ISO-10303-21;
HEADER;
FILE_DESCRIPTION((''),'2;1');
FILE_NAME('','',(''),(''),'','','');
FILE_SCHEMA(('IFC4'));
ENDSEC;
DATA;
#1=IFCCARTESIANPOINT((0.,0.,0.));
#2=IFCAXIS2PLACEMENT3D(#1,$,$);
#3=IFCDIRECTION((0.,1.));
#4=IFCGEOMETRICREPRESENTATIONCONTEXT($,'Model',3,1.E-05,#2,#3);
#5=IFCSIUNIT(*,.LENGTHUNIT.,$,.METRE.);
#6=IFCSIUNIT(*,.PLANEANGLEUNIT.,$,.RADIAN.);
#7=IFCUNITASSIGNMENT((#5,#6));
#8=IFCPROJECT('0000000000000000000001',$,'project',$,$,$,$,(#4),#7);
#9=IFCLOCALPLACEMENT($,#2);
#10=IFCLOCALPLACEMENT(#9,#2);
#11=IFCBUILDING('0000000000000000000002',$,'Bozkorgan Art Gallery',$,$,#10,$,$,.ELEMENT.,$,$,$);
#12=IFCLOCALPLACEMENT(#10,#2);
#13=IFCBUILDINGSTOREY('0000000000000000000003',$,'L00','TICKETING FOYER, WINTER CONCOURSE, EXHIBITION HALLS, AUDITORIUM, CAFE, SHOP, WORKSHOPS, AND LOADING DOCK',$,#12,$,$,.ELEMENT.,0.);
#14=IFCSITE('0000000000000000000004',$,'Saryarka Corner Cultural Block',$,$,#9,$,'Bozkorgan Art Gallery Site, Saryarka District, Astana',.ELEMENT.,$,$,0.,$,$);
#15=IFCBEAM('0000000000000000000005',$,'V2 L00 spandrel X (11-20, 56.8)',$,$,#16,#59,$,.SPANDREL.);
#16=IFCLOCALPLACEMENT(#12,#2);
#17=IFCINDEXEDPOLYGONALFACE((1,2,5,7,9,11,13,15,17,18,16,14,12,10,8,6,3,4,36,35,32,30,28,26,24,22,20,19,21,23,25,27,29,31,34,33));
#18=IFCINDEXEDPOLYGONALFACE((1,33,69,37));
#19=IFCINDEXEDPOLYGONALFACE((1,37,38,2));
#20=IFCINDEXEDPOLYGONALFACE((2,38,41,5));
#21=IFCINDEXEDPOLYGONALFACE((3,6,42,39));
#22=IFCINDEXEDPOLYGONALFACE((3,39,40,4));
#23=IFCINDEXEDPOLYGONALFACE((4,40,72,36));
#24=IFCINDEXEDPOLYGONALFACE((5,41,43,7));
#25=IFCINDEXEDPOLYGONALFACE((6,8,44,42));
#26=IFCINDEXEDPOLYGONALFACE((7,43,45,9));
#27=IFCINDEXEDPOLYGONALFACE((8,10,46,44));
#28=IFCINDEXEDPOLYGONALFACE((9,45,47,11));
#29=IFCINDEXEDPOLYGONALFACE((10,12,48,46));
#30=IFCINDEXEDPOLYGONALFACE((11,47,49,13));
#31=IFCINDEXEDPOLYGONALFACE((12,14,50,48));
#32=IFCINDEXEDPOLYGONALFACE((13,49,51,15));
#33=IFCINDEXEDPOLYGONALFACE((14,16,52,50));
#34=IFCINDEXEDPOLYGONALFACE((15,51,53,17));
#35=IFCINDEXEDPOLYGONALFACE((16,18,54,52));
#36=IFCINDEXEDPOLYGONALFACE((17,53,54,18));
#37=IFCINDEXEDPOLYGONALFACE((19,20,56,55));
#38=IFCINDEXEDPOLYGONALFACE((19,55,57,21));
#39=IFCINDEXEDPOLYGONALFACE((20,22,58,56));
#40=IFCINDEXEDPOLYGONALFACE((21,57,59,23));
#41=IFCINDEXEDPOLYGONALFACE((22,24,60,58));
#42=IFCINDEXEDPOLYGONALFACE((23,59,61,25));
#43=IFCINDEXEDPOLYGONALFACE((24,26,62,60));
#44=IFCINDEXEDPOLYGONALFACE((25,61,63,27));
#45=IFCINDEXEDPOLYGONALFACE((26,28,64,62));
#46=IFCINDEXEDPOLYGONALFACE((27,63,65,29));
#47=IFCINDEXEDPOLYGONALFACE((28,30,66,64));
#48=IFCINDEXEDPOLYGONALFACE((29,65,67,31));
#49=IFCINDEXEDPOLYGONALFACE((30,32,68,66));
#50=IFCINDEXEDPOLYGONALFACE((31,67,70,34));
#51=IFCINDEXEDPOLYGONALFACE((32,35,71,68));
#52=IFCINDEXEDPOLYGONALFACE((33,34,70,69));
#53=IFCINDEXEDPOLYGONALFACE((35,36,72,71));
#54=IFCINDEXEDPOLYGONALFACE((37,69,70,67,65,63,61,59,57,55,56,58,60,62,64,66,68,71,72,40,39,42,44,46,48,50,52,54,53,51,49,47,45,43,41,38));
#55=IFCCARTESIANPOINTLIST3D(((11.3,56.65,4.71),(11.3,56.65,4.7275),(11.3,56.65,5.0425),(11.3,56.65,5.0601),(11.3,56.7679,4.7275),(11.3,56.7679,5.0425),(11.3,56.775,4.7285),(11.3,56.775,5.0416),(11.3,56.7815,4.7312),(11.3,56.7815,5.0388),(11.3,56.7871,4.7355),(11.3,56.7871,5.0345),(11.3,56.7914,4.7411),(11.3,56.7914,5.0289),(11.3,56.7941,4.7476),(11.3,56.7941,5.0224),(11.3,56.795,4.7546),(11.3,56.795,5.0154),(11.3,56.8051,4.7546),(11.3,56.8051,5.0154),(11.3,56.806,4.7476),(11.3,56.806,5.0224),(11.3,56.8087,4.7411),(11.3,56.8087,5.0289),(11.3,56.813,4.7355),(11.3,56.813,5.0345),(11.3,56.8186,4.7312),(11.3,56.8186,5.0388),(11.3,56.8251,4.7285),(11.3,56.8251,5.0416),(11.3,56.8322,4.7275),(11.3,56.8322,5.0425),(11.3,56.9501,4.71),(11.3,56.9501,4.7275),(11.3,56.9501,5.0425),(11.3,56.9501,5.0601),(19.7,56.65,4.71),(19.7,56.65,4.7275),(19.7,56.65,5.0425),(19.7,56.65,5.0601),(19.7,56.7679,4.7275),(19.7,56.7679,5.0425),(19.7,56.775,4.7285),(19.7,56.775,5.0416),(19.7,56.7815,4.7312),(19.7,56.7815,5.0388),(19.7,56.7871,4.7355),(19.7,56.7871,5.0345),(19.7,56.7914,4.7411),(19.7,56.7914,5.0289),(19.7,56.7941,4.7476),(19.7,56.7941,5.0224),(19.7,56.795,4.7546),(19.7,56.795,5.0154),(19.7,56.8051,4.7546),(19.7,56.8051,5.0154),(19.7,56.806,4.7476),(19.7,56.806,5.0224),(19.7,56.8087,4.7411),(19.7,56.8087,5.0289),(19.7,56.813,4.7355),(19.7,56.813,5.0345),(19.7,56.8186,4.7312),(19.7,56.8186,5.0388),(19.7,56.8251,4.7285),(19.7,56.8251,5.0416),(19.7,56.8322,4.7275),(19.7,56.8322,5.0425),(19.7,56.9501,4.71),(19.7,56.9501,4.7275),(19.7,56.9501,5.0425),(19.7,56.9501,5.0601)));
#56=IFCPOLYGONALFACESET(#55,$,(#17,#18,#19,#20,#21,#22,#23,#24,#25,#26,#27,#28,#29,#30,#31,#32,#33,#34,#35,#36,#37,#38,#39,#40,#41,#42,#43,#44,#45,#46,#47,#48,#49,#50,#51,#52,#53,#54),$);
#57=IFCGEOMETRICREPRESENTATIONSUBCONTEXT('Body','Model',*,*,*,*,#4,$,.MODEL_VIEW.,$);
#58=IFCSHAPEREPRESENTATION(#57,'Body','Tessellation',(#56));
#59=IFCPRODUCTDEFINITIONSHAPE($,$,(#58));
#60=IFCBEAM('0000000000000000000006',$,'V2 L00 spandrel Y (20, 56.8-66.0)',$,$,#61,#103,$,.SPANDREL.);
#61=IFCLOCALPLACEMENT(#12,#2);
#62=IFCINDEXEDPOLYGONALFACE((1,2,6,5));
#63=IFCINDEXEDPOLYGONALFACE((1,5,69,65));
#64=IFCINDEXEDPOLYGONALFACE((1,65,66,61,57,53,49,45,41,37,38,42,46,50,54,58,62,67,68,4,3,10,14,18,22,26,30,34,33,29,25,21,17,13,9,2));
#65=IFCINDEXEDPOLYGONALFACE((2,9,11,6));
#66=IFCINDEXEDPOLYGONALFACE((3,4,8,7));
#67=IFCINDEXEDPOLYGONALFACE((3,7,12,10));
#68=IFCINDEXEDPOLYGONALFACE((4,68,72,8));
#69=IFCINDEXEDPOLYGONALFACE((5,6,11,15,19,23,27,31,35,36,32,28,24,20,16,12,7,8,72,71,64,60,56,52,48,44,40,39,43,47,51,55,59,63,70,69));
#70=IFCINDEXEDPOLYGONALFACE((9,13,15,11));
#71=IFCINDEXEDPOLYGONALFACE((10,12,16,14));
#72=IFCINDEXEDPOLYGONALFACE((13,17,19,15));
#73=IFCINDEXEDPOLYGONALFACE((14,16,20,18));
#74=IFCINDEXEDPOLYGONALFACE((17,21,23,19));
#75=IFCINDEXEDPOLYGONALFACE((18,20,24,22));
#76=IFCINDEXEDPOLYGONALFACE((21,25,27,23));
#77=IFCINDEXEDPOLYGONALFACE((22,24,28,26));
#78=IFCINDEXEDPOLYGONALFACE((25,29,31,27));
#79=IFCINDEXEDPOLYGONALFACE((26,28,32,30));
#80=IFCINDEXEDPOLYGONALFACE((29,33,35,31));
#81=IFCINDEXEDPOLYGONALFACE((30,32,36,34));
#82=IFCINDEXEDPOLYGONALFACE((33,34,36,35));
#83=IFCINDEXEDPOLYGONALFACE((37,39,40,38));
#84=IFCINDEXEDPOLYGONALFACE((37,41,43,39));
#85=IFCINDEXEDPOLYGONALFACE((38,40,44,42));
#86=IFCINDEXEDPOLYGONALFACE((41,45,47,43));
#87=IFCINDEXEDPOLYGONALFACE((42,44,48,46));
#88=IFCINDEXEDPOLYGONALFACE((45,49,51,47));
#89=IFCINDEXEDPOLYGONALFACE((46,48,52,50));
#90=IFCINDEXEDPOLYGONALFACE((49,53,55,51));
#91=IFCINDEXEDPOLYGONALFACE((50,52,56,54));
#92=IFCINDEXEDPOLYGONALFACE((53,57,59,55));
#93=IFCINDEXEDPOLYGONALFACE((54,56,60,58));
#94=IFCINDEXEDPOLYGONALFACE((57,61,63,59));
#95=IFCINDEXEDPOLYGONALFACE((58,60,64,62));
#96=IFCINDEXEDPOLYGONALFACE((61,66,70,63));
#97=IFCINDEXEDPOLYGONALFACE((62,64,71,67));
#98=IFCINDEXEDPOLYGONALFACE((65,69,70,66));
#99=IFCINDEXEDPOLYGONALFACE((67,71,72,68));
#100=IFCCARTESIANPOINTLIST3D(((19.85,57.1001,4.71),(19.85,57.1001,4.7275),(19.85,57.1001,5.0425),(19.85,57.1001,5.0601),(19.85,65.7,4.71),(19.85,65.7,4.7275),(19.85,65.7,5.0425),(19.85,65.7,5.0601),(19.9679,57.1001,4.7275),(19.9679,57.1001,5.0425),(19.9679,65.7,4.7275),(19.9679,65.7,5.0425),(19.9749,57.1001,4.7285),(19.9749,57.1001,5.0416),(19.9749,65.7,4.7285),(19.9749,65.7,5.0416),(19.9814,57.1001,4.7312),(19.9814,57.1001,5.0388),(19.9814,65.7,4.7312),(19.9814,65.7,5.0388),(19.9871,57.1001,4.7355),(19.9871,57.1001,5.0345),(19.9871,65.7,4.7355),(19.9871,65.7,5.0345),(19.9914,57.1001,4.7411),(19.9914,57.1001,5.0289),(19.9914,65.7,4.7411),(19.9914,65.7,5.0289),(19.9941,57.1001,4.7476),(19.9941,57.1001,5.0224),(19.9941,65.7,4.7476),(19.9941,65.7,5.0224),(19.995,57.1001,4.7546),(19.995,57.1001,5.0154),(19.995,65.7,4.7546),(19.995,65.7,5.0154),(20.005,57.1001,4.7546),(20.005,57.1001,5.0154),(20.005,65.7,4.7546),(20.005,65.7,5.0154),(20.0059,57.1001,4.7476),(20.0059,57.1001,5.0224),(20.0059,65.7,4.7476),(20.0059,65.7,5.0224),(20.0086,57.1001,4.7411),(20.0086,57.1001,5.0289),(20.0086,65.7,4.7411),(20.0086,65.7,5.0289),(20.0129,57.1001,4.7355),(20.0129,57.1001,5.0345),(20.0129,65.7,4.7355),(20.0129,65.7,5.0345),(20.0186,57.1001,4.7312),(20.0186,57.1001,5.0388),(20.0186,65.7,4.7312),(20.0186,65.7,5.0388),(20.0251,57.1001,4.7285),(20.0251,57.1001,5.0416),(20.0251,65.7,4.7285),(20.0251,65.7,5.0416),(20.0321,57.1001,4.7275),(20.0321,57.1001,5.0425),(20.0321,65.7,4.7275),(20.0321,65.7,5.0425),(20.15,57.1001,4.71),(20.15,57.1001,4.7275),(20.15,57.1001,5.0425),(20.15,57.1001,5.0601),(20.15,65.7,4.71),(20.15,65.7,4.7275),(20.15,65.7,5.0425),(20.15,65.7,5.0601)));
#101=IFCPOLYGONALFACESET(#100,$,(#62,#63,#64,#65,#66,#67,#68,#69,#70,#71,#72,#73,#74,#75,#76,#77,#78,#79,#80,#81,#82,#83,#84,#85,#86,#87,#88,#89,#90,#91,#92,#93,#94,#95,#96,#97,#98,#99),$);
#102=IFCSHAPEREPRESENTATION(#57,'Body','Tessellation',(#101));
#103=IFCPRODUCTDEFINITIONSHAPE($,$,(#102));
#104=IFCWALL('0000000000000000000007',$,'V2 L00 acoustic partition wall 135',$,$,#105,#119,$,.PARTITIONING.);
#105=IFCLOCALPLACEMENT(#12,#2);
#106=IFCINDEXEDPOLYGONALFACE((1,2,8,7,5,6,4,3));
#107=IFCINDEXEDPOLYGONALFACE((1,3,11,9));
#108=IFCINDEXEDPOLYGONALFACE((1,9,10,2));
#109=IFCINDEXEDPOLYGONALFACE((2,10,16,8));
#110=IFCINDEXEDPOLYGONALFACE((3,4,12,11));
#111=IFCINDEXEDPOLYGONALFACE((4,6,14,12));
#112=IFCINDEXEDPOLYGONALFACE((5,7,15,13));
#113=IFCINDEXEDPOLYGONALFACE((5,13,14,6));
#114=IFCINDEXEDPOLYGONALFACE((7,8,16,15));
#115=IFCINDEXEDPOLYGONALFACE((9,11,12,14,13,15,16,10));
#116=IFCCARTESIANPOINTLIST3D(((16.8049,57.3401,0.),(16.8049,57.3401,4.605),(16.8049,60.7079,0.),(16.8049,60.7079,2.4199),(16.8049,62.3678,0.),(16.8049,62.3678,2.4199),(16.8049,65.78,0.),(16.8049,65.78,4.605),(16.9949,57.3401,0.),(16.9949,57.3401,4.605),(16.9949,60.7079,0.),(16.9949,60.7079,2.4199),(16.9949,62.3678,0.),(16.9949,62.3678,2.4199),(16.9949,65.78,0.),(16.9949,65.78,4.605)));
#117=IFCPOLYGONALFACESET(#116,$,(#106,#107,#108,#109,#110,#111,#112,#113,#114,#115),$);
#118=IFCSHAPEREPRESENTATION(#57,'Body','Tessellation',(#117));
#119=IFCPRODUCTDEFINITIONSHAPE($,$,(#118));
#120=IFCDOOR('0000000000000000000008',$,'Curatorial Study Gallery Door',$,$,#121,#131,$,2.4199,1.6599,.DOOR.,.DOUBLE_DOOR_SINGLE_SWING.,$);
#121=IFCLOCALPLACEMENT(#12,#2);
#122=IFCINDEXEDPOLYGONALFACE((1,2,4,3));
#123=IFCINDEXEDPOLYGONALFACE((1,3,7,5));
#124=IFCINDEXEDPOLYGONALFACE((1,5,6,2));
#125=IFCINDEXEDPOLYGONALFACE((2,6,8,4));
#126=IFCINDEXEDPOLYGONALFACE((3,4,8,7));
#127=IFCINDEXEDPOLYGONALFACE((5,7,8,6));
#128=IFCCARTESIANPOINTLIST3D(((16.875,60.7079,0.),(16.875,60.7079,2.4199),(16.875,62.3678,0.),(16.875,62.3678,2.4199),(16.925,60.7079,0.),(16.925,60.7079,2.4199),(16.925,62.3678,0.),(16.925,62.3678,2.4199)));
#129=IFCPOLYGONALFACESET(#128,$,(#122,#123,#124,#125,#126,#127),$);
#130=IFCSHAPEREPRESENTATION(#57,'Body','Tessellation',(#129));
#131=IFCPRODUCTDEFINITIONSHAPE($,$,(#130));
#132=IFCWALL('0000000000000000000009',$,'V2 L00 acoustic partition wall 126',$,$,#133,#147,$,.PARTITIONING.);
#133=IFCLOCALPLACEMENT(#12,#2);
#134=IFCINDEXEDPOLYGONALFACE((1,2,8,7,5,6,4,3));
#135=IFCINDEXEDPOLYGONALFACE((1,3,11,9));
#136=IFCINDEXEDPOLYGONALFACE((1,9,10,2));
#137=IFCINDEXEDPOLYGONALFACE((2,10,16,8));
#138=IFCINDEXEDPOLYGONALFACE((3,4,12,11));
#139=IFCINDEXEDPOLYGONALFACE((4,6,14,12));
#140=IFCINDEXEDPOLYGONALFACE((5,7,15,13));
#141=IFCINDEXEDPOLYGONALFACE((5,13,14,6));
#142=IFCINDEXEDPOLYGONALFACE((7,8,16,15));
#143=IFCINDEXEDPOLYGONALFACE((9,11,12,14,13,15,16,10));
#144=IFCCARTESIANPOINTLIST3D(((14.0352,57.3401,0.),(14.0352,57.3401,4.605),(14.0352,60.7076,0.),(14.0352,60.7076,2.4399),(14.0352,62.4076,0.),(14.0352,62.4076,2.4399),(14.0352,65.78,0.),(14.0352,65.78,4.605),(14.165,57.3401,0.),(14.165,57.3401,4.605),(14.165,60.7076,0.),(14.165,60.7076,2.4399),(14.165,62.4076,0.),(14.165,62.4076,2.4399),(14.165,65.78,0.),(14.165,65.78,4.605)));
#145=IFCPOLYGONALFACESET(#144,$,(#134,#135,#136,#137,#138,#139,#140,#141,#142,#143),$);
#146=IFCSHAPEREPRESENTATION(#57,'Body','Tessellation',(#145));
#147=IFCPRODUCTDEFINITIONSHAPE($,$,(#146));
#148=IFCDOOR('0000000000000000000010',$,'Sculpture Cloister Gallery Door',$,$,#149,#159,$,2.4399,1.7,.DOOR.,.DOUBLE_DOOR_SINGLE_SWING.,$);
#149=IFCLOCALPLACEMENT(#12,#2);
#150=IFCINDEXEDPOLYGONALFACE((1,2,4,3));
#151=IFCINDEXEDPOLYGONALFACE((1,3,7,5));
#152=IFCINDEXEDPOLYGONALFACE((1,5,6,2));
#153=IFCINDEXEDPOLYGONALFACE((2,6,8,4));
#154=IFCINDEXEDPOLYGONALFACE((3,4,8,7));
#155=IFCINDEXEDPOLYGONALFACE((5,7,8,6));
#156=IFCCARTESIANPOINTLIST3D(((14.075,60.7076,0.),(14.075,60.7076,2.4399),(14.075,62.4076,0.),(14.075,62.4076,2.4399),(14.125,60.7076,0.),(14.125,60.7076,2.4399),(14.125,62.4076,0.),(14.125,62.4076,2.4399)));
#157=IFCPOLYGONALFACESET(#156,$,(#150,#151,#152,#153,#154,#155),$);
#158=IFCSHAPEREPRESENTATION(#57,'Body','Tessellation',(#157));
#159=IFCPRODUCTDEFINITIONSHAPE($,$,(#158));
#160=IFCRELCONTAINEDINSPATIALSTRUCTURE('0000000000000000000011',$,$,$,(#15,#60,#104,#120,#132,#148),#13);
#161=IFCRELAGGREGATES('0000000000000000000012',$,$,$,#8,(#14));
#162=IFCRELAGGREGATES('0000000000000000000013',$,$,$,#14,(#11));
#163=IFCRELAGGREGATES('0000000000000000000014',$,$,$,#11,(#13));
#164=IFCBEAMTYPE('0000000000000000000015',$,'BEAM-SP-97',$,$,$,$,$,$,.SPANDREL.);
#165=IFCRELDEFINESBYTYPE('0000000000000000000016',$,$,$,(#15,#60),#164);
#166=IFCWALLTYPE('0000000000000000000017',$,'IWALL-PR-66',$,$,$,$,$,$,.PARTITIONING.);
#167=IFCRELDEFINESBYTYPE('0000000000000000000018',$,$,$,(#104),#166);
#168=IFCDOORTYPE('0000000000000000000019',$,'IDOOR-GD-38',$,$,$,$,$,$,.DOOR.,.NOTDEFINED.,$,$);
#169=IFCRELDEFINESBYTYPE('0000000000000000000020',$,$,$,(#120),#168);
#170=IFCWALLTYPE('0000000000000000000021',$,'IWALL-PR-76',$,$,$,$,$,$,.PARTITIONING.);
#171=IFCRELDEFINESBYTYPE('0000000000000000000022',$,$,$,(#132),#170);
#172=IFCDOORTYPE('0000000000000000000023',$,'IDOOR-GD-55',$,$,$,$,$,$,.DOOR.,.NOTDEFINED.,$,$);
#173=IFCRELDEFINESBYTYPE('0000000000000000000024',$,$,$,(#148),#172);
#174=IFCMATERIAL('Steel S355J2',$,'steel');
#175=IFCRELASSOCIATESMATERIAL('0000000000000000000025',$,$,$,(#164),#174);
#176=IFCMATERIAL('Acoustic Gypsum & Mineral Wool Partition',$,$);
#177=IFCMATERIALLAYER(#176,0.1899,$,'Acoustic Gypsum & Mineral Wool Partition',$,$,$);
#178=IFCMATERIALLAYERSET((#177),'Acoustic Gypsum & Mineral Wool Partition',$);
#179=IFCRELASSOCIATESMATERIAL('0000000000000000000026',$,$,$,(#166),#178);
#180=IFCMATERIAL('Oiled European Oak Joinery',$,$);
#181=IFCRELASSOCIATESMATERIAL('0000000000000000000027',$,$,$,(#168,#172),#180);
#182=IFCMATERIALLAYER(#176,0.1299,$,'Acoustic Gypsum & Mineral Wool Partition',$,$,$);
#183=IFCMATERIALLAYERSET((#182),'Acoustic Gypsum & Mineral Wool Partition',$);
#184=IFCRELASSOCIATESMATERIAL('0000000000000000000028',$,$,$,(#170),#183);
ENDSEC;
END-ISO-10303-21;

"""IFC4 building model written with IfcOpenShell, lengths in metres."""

from ifc_helpers import new_model, si_unit, direction, frame, frame_2d, origin, origin_2d, place, context, subcontext, project, spatial, rectangle, i_section, extrude, material, layer, layer_set, material_profile, profile_set, type_object, element, fill, save


model = new_model("IFC4")

# Units and contexts
model_context = context("Model", 3, precision=1e-05, world=origin(), true_north=direction((0.0, 1.0)))
body_context = subcontext(model_context, "Body", "Model", "MODEL_VIEW")
ifc_project = project(units=[si_unit("LENGTHUNIT", "METRE"), si_unit("PLANEANGLEUNIT", "RADIAN")], contexts=[model_context])

# Site, building, storey
site_placement = place(None, origin())
site = spatial("IfcSite", under=ifc_project, at=site_placement, Name="Saryarka Corner Cultural Block", LongName="Bozkorgan Art Gallery Site, Saryarka District, Astana", CompositionType="ELEMENT", RefElevation=0.0)
building_placement = place(site_placement, origin())
building = spatial("IfcBuilding", under=site, at=building_placement, Name="Bozkorgan Art Gallery", CompositionType="ELEMENT")
storey_placement = place(building_placement, origin())
storey = spatial("IfcBuildingStorey", under=building, at=storey_placement, Name="L00", Description="TICKETING FOYER, WINTER CONCOURSE, EXHIBITION HALLS, AUDITORIUM, CAFE, SHOP, WORKSHOPS, AND LOADING DOCK", CompositionType="ELEMENT", Elevation=0.0)

# Beams
ifc_material_1 = material(Name="Steel S355J2", Category="steel")
ifc_material_profile_1 = material_profile(ifc_material_1, i_section(OverallWidth=0.3, OverallDepth=0.3501, WebThickness=0.01, FlangeThickness=0.0176, FilletRadius=0.0271, at=origin_2d()), Name="HEA 360")
ifc_profile_set_1 = profile_set([ifc_material_profile_1], Name="Steel S355J2")
beam_type_1 = type_object("IfcBeamType", Name="BEAM-SP-97", PredefinedType="SPANDREL", material=ifc_profile_set_1)
beam_1_placement = place(storey_placement, frame((11.3, 56.8, 4.885), z_axis=(1.0, 0.0, 0.0), x_axis=(0.0, 1.0, 0.0)))
element("IfcBeam", 1, at=beam_1_placement, inside=storey, type_object=beam_type_1, Name="V2 L00 spandrel X (11-20, 56.8)", PredefinedType="SPANDREL", context=body_context, shape_type="SweptSolid", body=[
    extrude(i_section(OverallWidth=0.3, OverallDepth=0.3501, WebThickness=0.01, FlangeThickness=0.0176, FilletRadius=0.0271, at=origin_2d()), origin(), (0.0, 0.0, 1.0), 8.3999),
])
beam_2_placement = place(storey_placement, frame((20.0, 57.1001, 4.885), z_axis=(0.0, 1.0, 0.0), x_axis=(-1.0, 0.0, 0.0)))
element("IfcBeam", 2, at=beam_2_placement, inside=storey, type_object=beam_type_1, Name="V2 L00 spandrel Y (20, 56.8-66.0)", PredefinedType="SPANDREL", context=body_context, shape_type="SweptSolid", body=[
    extrude(i_section(OverallWidth=0.3, OverallDepth=0.3501, WebThickness=0.01, FlangeThickness=0.0176, FilletRadius=0.0271, at=origin_2d()), origin(), (0.0, 0.0, 1.0), 8.5999),
])

# Walls, openings, doors
ifc_material_2 = material(Name="Acoustic Gypsum & Mineral Wool Partition")
ifc_layer_1 = layer(ifc_material_2, 0.1899, Name="Acoustic Gypsum & Mineral Wool Partition")
ifc_layer_set_1 = layer_set([ifc_layer_1], Name="Acoustic Gypsum & Mineral Wool Partition")
wall_type_1 = type_object("IfcWallType", Name="IWALL-PR-66", PredefinedType="PARTITIONING", material=ifc_layer_set_1)
wall_1_placement = place(storey_placement, frame((16.8999, 57.3401, 0.0), z_axis=(0.0, 0.0, 1.0), x_axis=(0.0, 1.0, 0.0)))
wall_1 = element("IfcWall", 3, at=wall_1_placement, inside=storey, type_object=wall_type_1, Name="V2 L00 acoustic partition wall 135", PredefinedType="PARTITIONING", context=body_context, shape_type="SweptSolid", body=[
    extrude(rectangle(XDim=8.4399, YDim=0.1899, at=frame_2d((4.22, 0.0))), origin(), (0.0, 0.0, 1.0), 4.605),
])
opening_1_placement = place(wall_1_placement, frame((3.3677, 0.0, 0.0)))
opening_1 = element("IfcOpeningElement", 4, at=opening_1_placement, cuts=wall_1, PredefinedType="OPENING", context=body_context, shape_type="SweptSolid", body=[
    extrude(rectangle(XDim=1.6599, YDim=2.4199, at=frame_2d((0.8301, 1.21))), frame((0.0, 0.105, 0.0), z_axis=(0.0, -1.0, 0.0), x_axis=(1.0, 0.0, 0.0)), (0.0, 0.0, 1.0), 0.21),
])
ifc_material_3 = material(Name="Oiled European Oak Joinery")
door_type_1 = type_object("IfcDoorType", Name="IDOOR-GD-38", OperationType="NOTDEFINED", PredefinedType="DOOR", material=ifc_material_3)
door_1_placement = place(opening_1_placement, origin())
door_1 = element("IfcDoor", 5, at=door_1_placement, inside=storey, type_object=door_type_1, Name="Curatorial Study Gallery Door", OperationType="DOUBLE_DOOR_SINGLE_SWING", OverallHeight=2.4199, OverallWidth=1.6599, PredefinedType="DOOR", context=body_context, shape_type="SweptSolid", body=[
    extrude(rectangle(XDim=1.6599, YDim=2.4199, at=frame_2d((0.8301, 1.21))), frame((0.0, 0.0249, 0.0), z_axis=(0.0, -1.0, 0.0), x_axis=(1.0, 0.0, 0.0)), (0.0, 0.0, 1.0), 0.05),
])
fill(opening_1, door_1)
ifc_layer_2 = layer(ifc_material_2, 0.1299, Name="Acoustic Gypsum & Mineral Wool Partition")
ifc_layer_set_2 = layer_set([ifc_layer_2], Name="Acoustic Gypsum & Mineral Wool Partition")
wall_type_2 = type_object("IfcWallType", Name="IWALL-PR-76", PredefinedType="PARTITIONING", material=ifc_layer_set_2)
wall_2_placement = place(storey_placement, frame((14.1001, 57.3401, 0.0), z_axis=(0.0, 0.0, 1.0), x_axis=(0.0, 1.0, 0.0)))
wall_2 = element("IfcWall", 6, at=wall_2_placement, inside=storey, type_object=wall_type_2, Name="V2 L00 acoustic partition wall 126", PredefinedType="PARTITIONING", context=body_context, shape_type="SweptSolid", body=[
    extrude(rectangle(XDim=8.4399, YDim=0.1299, at=frame_2d((4.22, 0.0))), origin(), (0.0, 0.0, 1.0), 4.605),
])
opening_2_placement = place(wall_2_placement, frame((5.0676, 0.0, 0.0), z_axis=(0.0, 0.0, 1.0), x_axis=(-1.0, 0.0, 0.0)))
opening_2 = element("IfcOpeningElement", 7, at=opening_2_placement, cuts=wall_2, PredefinedType="OPENING", context=body_context, shape_type="SweptSolid", body=[
    extrude(rectangle(XDim=1.7, YDim=2.4399, at=frame_2d((0.8501, 1.22))), frame((0.0, 0.075, 0.0), z_axis=(0.0, -1.0, 0.0), x_axis=(1.0, 0.0, 0.0)), (0.0, 0.0, 1.0), 0.1499),
])
door_type_2 = type_object("IfcDoorType", Name="IDOOR-GD-55", OperationType="NOTDEFINED", PredefinedType="DOOR", material=ifc_material_3)
door_2_placement = place(opening_2_placement, origin())
door_2 = element("IfcDoor", 8, at=door_2_placement, inside=storey, type_object=door_type_2, Name="Sculpture Cloister Gallery Door", OperationType="DOUBLE_DOOR_SINGLE_SWING", OverallHeight=2.4399, OverallWidth=1.7, PredefinedType="DOOR", context=body_context, shape_type="SweptSolid", body=[
    extrude(rectangle(XDim=1.7, YDim=2.4399, at=frame_2d((0.8501, 1.22))), frame((0.0, 0.0249, 0.0), z_axis=(0.0, -1.0, 0.0), x_axis=(1.0, 0.0, 0.0)), (0.0, 0.0, 1.0), 0.05),
])
fill(opening_2, door_2)

save(model, "model.ifc")
